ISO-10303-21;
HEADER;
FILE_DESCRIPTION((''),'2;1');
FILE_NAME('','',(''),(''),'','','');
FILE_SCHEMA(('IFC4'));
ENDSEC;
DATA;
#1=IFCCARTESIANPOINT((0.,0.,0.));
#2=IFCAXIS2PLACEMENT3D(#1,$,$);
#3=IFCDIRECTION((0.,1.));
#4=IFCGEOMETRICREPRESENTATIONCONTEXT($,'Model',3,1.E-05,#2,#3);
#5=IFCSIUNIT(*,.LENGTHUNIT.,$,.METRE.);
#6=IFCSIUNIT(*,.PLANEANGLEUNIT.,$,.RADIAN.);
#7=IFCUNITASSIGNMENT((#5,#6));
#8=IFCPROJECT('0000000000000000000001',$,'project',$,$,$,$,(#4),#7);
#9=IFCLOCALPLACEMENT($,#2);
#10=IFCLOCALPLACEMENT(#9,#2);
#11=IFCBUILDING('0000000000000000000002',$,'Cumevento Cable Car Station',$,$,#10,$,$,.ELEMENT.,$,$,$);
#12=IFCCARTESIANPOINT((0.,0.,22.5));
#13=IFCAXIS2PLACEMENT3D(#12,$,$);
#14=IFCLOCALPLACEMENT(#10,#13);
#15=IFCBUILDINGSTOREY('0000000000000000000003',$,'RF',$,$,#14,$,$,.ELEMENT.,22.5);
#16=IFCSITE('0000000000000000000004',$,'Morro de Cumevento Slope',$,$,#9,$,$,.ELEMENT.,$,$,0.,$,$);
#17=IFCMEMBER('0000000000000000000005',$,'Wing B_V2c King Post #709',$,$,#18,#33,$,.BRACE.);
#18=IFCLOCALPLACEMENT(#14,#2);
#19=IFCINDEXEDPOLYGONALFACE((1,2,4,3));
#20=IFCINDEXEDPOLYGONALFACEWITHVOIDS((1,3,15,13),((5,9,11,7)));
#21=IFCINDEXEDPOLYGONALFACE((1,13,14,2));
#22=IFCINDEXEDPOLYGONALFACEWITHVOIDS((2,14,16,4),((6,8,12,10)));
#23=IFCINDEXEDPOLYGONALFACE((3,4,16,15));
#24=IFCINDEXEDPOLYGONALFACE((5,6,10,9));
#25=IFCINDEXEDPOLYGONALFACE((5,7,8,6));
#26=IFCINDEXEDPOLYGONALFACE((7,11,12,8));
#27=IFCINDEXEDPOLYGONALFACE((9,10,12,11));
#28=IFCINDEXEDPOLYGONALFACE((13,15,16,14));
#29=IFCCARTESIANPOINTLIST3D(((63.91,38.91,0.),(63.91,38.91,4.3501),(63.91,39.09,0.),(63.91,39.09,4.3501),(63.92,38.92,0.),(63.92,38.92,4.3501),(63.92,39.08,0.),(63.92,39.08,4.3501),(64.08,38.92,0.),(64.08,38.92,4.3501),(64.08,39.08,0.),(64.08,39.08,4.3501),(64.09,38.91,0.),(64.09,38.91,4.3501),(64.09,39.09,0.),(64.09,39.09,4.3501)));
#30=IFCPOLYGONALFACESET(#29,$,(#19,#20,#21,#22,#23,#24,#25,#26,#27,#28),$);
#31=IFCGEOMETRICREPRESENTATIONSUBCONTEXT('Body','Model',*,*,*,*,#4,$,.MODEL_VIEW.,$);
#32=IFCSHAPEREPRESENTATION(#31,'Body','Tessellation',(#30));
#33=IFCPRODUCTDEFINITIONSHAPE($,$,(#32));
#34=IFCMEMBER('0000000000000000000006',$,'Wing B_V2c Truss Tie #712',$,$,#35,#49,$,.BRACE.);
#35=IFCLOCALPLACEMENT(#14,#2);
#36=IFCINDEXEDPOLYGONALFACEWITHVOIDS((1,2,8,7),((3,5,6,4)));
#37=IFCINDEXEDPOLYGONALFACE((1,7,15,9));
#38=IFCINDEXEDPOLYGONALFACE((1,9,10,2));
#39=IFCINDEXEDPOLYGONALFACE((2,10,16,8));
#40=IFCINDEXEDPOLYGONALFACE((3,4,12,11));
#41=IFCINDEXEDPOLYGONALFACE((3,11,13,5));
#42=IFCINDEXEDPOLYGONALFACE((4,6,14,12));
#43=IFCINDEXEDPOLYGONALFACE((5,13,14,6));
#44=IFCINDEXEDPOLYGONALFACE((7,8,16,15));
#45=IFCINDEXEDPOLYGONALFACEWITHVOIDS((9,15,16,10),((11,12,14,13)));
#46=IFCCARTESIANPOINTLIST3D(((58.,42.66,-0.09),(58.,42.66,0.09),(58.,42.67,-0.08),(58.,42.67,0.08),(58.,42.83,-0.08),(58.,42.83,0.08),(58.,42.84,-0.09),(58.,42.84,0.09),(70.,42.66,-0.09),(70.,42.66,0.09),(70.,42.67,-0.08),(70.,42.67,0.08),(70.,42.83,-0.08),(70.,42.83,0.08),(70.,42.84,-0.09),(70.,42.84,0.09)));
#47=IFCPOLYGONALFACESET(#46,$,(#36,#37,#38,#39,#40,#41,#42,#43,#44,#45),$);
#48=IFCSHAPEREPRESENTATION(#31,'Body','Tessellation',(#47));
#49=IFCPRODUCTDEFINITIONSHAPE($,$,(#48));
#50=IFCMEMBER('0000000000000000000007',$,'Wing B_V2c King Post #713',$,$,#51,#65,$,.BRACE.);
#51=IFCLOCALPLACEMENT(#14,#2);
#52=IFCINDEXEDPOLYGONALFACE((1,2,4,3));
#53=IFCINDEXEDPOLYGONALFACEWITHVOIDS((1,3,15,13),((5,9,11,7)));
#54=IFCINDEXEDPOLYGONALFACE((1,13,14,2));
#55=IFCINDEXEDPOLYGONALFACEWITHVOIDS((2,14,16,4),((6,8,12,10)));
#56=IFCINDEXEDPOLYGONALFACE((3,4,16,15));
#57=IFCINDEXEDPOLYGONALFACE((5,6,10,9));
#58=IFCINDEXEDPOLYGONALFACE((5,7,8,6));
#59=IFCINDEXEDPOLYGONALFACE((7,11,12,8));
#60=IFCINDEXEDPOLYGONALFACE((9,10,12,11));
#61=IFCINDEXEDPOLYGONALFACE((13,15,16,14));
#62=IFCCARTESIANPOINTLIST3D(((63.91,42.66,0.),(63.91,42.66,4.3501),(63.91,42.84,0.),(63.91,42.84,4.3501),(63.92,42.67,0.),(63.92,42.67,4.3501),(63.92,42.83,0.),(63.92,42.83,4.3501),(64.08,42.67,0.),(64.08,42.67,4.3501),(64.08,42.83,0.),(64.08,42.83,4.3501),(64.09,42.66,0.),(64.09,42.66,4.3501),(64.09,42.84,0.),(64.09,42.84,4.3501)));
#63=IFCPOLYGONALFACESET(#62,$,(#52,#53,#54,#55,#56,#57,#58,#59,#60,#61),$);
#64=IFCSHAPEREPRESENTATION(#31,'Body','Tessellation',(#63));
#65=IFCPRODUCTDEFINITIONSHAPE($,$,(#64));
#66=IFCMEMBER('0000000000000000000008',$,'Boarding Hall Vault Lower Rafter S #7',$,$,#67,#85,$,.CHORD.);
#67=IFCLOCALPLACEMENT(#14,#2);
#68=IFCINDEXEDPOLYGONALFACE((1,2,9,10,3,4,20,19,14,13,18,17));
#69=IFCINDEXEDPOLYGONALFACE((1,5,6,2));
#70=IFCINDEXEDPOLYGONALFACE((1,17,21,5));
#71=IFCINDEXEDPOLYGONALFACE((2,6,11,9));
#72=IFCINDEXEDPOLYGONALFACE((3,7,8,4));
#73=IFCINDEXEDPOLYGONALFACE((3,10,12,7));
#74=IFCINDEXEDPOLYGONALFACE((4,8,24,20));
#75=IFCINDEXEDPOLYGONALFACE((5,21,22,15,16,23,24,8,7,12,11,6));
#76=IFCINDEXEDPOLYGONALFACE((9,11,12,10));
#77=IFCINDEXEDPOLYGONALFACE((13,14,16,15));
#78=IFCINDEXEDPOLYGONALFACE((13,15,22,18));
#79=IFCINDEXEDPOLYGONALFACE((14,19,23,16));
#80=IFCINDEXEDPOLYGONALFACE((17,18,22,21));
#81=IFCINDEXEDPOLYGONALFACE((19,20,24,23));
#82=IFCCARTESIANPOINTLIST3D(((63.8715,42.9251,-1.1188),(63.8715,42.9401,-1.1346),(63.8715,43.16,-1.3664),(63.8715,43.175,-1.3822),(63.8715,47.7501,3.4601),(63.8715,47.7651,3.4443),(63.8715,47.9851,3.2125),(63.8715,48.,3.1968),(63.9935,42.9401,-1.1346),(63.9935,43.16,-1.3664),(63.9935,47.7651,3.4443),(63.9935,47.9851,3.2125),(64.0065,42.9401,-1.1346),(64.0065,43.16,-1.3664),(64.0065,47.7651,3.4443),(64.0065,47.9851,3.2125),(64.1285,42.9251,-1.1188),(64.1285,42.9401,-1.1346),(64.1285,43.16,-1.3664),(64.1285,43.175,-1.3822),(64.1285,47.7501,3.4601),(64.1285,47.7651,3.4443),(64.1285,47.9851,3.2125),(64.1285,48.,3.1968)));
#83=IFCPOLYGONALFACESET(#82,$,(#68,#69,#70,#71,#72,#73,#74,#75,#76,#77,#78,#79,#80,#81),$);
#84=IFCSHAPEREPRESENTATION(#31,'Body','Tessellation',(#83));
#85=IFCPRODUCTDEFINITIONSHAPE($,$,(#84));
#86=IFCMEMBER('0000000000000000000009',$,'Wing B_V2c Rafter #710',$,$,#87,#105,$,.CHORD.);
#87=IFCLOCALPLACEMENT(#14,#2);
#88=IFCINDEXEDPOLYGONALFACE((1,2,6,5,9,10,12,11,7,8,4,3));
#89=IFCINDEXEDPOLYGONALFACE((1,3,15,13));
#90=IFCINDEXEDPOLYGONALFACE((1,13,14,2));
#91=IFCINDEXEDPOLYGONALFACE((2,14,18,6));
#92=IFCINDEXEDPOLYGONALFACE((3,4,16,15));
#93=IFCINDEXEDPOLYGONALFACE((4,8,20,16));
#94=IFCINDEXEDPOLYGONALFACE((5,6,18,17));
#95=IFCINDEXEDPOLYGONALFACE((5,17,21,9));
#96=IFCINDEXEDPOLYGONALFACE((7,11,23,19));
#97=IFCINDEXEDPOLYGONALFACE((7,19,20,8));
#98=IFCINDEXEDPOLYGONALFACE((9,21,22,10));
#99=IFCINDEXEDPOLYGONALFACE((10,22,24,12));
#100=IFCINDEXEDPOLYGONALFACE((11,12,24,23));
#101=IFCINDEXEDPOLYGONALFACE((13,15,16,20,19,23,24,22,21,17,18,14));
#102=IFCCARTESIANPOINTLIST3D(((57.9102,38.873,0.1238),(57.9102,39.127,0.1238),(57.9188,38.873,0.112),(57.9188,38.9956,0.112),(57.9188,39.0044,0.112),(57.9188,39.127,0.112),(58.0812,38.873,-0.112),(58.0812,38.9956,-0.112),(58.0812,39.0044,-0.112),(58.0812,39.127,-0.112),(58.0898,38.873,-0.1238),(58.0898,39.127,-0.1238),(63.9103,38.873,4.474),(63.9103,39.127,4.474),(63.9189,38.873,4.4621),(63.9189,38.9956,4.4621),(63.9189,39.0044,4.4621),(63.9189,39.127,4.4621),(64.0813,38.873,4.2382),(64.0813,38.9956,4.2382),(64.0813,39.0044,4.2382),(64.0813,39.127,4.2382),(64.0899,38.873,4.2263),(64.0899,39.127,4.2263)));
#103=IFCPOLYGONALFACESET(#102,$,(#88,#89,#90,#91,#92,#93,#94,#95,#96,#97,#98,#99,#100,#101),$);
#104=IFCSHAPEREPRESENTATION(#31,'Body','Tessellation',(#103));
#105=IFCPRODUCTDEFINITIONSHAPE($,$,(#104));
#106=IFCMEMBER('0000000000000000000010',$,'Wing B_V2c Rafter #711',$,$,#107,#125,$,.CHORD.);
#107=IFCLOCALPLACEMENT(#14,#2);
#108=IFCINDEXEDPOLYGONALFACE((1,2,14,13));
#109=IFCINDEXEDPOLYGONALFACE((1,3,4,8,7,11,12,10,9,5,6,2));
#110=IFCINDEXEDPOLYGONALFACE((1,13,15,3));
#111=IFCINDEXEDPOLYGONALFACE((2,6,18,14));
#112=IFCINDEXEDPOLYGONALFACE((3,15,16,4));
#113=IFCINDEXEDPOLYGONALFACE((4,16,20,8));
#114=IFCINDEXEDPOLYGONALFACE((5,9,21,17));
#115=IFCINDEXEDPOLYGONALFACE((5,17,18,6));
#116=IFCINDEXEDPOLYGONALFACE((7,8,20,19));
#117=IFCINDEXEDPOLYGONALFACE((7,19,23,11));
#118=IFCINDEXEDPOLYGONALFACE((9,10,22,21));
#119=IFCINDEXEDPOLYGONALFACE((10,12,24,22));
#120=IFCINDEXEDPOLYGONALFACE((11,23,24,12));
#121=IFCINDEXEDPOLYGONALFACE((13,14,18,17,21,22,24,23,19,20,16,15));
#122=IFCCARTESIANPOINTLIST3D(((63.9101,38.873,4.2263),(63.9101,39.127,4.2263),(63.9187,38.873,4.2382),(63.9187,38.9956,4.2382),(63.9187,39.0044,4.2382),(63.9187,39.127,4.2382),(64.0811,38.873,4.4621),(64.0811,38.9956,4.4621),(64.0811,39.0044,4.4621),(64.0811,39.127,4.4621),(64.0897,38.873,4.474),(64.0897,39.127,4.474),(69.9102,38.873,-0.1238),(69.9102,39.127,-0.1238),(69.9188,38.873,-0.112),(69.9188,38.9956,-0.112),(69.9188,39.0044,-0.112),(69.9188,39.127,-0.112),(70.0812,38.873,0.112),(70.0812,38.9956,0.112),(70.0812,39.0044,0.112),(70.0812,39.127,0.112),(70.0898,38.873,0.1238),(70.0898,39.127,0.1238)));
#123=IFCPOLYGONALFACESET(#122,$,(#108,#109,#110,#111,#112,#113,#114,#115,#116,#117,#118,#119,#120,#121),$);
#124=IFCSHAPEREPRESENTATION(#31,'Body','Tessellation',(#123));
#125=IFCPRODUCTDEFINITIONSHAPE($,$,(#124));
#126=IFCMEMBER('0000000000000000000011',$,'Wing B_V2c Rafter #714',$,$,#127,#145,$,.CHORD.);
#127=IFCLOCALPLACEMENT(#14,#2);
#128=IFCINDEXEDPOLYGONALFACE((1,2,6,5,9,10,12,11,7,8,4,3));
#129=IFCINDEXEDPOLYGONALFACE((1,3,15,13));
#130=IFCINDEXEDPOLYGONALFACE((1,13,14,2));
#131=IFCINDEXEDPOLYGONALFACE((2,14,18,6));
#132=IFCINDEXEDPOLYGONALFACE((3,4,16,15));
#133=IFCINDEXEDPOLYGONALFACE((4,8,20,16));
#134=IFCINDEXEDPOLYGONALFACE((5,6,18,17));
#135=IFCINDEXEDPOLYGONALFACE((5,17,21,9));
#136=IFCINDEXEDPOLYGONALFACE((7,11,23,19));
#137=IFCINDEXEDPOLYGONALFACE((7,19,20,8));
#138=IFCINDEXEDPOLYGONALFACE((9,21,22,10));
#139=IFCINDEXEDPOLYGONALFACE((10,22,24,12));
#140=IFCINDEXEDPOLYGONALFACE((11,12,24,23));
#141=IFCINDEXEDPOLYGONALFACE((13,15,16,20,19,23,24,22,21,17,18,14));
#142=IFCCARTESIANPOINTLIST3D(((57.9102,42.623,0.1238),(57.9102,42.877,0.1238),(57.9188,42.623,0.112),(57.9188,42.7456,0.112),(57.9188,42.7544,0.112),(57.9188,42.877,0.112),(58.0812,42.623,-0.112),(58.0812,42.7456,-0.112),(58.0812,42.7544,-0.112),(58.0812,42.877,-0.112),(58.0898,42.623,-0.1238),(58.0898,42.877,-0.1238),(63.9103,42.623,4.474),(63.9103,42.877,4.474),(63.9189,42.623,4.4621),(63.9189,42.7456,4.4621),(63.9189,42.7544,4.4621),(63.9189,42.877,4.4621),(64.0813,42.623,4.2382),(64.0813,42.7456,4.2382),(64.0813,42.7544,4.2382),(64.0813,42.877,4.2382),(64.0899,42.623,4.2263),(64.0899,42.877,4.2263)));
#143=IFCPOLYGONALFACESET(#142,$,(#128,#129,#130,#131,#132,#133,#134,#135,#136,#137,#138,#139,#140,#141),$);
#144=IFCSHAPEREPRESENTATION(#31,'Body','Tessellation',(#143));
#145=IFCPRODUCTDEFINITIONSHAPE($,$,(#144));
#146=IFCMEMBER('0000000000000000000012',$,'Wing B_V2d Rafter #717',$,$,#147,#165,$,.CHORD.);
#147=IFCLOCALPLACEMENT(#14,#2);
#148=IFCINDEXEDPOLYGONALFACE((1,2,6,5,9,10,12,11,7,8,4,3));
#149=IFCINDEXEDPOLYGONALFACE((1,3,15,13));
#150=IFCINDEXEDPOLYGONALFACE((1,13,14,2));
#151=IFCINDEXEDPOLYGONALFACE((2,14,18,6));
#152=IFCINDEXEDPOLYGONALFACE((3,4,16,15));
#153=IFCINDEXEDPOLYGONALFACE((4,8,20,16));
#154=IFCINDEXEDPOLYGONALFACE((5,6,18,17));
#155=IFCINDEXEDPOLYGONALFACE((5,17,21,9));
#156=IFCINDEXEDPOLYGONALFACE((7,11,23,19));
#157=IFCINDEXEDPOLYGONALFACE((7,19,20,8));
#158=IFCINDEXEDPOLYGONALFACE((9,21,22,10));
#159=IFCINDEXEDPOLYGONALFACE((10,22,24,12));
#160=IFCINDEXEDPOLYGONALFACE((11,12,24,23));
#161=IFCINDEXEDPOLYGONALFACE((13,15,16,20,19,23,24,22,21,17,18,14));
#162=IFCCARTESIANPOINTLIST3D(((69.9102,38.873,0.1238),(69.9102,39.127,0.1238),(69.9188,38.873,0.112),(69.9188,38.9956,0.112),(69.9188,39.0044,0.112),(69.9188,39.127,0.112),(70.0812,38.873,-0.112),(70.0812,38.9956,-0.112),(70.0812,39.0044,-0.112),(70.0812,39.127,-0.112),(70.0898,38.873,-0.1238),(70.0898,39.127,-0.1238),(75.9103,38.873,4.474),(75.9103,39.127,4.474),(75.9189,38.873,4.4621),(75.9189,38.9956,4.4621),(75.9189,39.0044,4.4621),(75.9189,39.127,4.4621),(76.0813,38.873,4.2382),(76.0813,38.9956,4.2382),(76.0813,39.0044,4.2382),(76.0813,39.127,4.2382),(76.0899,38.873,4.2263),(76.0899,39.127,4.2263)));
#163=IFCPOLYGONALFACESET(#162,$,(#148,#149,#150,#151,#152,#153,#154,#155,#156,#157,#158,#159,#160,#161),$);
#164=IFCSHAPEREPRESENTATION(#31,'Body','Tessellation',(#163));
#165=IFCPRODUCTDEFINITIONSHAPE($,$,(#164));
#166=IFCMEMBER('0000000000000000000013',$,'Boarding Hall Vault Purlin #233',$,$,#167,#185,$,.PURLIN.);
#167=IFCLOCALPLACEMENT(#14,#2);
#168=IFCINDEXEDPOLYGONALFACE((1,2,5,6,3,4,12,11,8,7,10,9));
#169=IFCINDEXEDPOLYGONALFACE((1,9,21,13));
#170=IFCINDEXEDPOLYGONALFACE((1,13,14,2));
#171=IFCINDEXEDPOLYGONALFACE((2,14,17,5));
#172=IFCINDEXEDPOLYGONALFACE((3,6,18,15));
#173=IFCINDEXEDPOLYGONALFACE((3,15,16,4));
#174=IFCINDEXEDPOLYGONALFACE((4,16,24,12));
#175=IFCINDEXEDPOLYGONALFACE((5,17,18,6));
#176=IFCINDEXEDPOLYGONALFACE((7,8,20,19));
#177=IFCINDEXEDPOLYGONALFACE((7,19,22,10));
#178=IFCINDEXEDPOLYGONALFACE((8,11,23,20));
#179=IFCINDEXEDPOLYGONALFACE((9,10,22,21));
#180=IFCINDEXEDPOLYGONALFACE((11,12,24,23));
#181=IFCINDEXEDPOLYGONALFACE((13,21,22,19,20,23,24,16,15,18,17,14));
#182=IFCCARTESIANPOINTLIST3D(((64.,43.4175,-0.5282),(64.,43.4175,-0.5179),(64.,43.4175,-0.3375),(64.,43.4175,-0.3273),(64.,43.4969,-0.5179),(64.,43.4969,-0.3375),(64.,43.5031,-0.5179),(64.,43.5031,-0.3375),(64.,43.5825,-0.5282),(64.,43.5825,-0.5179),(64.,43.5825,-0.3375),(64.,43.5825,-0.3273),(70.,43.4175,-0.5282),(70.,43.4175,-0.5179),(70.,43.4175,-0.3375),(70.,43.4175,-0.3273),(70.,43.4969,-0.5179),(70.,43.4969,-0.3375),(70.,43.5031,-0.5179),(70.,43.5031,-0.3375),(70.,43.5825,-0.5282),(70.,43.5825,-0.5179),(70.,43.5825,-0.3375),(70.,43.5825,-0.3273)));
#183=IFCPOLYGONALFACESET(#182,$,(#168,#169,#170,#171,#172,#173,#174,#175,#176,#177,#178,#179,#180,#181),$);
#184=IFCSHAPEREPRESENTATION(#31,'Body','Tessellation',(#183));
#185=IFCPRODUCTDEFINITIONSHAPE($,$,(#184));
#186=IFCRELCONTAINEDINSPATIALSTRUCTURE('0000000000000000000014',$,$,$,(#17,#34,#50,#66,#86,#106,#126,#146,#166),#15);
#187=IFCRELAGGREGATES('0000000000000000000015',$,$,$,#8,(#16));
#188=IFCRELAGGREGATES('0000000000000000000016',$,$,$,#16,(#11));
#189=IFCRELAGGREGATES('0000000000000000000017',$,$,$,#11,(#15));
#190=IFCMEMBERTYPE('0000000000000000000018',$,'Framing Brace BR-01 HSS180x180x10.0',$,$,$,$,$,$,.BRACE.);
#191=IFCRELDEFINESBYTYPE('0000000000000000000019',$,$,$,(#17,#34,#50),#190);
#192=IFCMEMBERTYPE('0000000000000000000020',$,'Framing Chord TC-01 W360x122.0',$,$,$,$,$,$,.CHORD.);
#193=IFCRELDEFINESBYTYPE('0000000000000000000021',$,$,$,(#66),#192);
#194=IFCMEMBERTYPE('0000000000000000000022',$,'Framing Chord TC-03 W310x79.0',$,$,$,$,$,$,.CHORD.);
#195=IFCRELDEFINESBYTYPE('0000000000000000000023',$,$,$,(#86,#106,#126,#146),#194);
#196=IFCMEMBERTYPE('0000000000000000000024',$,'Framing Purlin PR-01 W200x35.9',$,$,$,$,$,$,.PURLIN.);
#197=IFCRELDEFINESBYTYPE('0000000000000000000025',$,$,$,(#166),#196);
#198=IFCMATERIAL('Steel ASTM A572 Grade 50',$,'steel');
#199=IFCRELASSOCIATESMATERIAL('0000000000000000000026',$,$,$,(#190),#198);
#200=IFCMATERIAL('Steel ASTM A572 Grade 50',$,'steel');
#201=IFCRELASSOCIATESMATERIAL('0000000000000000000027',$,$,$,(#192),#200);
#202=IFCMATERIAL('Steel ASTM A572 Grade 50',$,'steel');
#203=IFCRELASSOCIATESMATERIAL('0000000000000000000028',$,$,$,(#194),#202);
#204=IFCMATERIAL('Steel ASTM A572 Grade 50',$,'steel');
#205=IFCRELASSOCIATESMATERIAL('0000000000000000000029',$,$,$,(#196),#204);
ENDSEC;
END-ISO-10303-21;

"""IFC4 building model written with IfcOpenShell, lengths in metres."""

from ifc_helpers import new_model, si_unit, direction, frame, origin, origin_2d, place, context, subcontext, project, spatial, hollow_rectangle, i_section, extrude, material, material_profile, profile_set, type_object, element, save


model = new_model("IFC4")

# Units and contexts
model_context = context("Model", 3, precision=1e-05, world=origin(), true_north=direction((0.0, 1.0)))
body_context = subcontext(model_context, "Body", "Model", "MODEL_VIEW")
ifc_project = project(units=[si_unit("LENGTHUNIT", "METRE"), si_unit("PLANEANGLEUNIT", "RADIAN")], contexts=[model_context])

# Site, building, storey
site_placement = place(None, origin())
site = spatial("IfcSite", under=ifc_project, at=site_placement, Name="Morro de Cumevento Slope", CompositionType="ELEMENT", RefElevation=0.0)
building_placement = place(site_placement, origin())
building = spatial("IfcBuilding", under=site, at=building_placement, Name="Cumevento Cable Car Station", CompositionType="ELEMENT")
storey_placement = place(building_placement, frame((0.0, 0.0, 22.5)))
storey = spatial("IfcBuildingStorey", under=building, at=storey_placement, Name="RF", CompositionType="ELEMENT", Elevation=22.5)

# Members
ifc_material_1 = material(Name="Steel ASTM A572 Grade 50", Category="steel")
ifc_material_profile_1 = material_profile(ifc_material_1, hollow_rectangle(XDim=0.1799, YDim=0.1799, WallThickness=0.01, at=origin_2d()), Name="HSS180x180x10.0")
ifc_profile_set_1 = profile_set([ifc_material_profile_1], Name="Steel ASTM A572 Grade 50")
member_type_1 = type_object("IfcMemberType", Name="Framing Brace BR-01 HSS180x180x10.0", PredefinedType="BRACE", material=ifc_profile_set_1)
member_1_placement = place(storey_placement, frame((64.0, 39.0, 0.0), z_axis=(0.0, 0.0, 1.0), x_axis=(1.0, 0.0, 0.0)))
element("IfcMember", 1, at=member_1_placement, inside=storey, type_object=member_type_1, Name="Wing B_V2c King Post #709", PredefinedType="BRACE", context=body_context, shape_type="SweptSolid", body=[
    extrude(hollow_rectangle(XDim=0.1799, YDim=0.1799, WallThickness=0.01, at=origin_2d()), origin(), (0.0, 0.0, 1.0), 4.3501),
])
member_2_placement = place(storey_placement, frame((58.0, 42.75, 0.0), z_axis=(1.0, 0.0, 0.0), x_axis=(0.0, 1.0, 0.0)))
element("IfcMember", 2, at=member_2_placement, inside=storey, type_object=member_type_1, Name="Wing B_V2c Truss Tie #712", PredefinedType="BRACE", context=body_context, shape_type="SweptSolid", body=[
    extrude(hollow_rectangle(XDim=0.1799, YDim=0.1799, WallThickness=0.01, at=origin_2d()), origin(), (0.0, 0.0, 1.0), 12.0),
])
member_3_placement = place(storey_placement, frame((64.0, 42.75, 0.0), z_axis=(0.0, 0.0, 1.0), x_axis=(1.0, 0.0, 0.0)))
element("IfcMember", 3, at=member_3_placement, inside=storey, type_object=member_type_1, Name="Wing B_V2c King Post #713", PredefinedType="BRACE", context=body_context, shape_type="SweptSolid", body=[
    extrude(hollow_rectangle(XDim=0.1799, YDim=0.1799, WallThickness=0.01, at=origin_2d()), origin(), (0.0, 0.0, 1.0), 4.3501),
])
ifc_material_2 = material(Name="Steel ASTM A572 Grade 50", Category="steel")
ifc_material_profile_2 = material_profile(ifc_material_2, i_section(OverallWidth=0.2571, OverallDepth=0.363, WebThickness=0.0129, FlangeThickness=0.0217, at=origin_2d()), Name="W360x122.0")
ifc_profile_set_2 = profile_set([ifc_material_profile_2], Name="Steel ASTM A572 Grade 50")
member_type_2 = type_object("IfcMemberType", Name="Framing Chord TC-01 W360x122.0", PredefinedType="CHORD", material=ifc_profile_set_2)
member_4_placement = place(storey_placement, frame((64.0, 43.05, -1.2505), z_axis=(0.0, 0.725363, 0.688366), x_axis=(-1.0, 0.0, 0.0)))
element("IfcMember", 4, at=member_4_placement, inside=storey, type_object=member_type_2, Name="Boarding Hall Vault Lower Rafter S #7", PredefinedType="CHORD", context=body_context, shape_type="SweptSolid", body=[
    extrude(i_section(OverallWidth=0.2571, OverallDepth=0.363, WebThickness=0.0129, FlangeThickness=0.0217, at=origin_2d()), origin(), (0.0, 0.0, 1.0), 6.6519),
])
ifc_material_3 = material(Name="Steel ASTM A572 Grade 50", Category="steel")
ifc_material_profile_3 = material_profile(ifc_material_3, i_section(OverallWidth=0.2539, OverallDepth=0.3059, WebThickness=0.0088, FlangeThickness=0.0146, at=origin_2d()), Name="W310x79.0")
ifc_profile_set_3 = profile_set([ifc_material_profile_3], Name="Steel ASTM A572 Grade 50")
member_type_3 = type_object("IfcMemberType", Name="Framing Chord TC-03 W310x79.0", PredefinedType="CHORD", material=ifc_profile_set_3)
for number, where, z_axis, x_axis, name in (
    (5, (58.0, 39.0, 0.0), (0.809604, 0.0, 0.586976), (0.0, 1.0, 0.0), "Wing B_V2c Rafter #710"),
    (6, (70.0, 39.0, 0.0), (-0.809604, 0.0, 0.586976), (0.0, -1.0, 0.0), "Wing B_V2c Rafter #711"),
    (7, (58.0, 42.75, 0.0), (0.809604, 0.0, 0.586976), (0.0, 1.0, 0.0), "Wing B_V2c Rafter #714"),
    (8, (70.0, 39.0, 0.0), (0.809604, 0.0, 0.586976), (0.0, 1.0, 0.0), "Wing B_V2d Rafter #717"),
):
    element("IfcMember", number, at=place(storey_placement, frame(where, z_axis=z_axis, x_axis=x_axis)), inside=storey, type_object=member_type_3, Name=name, PredefinedType="CHORD", context=body_context, shape_type="SweptSolid", body=[
        extrude(i_section(OverallWidth=0.2539, OverallDepth=0.3059, WebThickness=0.0088, FlangeThickness=0.0146, at=origin_2d()), origin(), (0.0, 0.0, 1.0), 7.4111),
    ])
ifc_material_4 = material(Name="Steel ASTM A572 Grade 50", Category="steel")
ifc_material_profile_4 = material_profile(ifc_material_4, i_section(OverallWidth=0.165, OverallDepth=0.2009, WebThickness=0.0061, FlangeThickness=0.0103, at=origin_2d()), Name="W200x35.9")
ifc_profile_set_4 = profile_set([ifc_material_profile_4], Name="Steel ASTM A572 Grade 50")
member_type_4 = type_object("IfcMemberType", Name="Framing Purlin PR-01 W200x35.9", PredefinedType="PURLIN", material=ifc_profile_set_4)
member_5_placement = place(storey_placement, frame((64.0, 43.5, -0.4277), z_axis=(1.0, 0.0, 0.0), x_axis=(0.0, 1.0, 0.0)))
element("IfcMember", 9, at=member_5_placement, inside=storey, type_object=member_type_4, Name="Boarding Hall Vault Purlin #233", PredefinedType="PURLIN", context=body_context, shape_type="SweptSolid", body=[
    extrude(i_section(OverallWidth=0.165, OverallDepth=0.2009, WebThickness=0.0061, FlangeThickness=0.0103, at=origin_2d()), origin(), (0.0, 0.0, 1.0), 6.0),
])

save(model, "model.ifc")
